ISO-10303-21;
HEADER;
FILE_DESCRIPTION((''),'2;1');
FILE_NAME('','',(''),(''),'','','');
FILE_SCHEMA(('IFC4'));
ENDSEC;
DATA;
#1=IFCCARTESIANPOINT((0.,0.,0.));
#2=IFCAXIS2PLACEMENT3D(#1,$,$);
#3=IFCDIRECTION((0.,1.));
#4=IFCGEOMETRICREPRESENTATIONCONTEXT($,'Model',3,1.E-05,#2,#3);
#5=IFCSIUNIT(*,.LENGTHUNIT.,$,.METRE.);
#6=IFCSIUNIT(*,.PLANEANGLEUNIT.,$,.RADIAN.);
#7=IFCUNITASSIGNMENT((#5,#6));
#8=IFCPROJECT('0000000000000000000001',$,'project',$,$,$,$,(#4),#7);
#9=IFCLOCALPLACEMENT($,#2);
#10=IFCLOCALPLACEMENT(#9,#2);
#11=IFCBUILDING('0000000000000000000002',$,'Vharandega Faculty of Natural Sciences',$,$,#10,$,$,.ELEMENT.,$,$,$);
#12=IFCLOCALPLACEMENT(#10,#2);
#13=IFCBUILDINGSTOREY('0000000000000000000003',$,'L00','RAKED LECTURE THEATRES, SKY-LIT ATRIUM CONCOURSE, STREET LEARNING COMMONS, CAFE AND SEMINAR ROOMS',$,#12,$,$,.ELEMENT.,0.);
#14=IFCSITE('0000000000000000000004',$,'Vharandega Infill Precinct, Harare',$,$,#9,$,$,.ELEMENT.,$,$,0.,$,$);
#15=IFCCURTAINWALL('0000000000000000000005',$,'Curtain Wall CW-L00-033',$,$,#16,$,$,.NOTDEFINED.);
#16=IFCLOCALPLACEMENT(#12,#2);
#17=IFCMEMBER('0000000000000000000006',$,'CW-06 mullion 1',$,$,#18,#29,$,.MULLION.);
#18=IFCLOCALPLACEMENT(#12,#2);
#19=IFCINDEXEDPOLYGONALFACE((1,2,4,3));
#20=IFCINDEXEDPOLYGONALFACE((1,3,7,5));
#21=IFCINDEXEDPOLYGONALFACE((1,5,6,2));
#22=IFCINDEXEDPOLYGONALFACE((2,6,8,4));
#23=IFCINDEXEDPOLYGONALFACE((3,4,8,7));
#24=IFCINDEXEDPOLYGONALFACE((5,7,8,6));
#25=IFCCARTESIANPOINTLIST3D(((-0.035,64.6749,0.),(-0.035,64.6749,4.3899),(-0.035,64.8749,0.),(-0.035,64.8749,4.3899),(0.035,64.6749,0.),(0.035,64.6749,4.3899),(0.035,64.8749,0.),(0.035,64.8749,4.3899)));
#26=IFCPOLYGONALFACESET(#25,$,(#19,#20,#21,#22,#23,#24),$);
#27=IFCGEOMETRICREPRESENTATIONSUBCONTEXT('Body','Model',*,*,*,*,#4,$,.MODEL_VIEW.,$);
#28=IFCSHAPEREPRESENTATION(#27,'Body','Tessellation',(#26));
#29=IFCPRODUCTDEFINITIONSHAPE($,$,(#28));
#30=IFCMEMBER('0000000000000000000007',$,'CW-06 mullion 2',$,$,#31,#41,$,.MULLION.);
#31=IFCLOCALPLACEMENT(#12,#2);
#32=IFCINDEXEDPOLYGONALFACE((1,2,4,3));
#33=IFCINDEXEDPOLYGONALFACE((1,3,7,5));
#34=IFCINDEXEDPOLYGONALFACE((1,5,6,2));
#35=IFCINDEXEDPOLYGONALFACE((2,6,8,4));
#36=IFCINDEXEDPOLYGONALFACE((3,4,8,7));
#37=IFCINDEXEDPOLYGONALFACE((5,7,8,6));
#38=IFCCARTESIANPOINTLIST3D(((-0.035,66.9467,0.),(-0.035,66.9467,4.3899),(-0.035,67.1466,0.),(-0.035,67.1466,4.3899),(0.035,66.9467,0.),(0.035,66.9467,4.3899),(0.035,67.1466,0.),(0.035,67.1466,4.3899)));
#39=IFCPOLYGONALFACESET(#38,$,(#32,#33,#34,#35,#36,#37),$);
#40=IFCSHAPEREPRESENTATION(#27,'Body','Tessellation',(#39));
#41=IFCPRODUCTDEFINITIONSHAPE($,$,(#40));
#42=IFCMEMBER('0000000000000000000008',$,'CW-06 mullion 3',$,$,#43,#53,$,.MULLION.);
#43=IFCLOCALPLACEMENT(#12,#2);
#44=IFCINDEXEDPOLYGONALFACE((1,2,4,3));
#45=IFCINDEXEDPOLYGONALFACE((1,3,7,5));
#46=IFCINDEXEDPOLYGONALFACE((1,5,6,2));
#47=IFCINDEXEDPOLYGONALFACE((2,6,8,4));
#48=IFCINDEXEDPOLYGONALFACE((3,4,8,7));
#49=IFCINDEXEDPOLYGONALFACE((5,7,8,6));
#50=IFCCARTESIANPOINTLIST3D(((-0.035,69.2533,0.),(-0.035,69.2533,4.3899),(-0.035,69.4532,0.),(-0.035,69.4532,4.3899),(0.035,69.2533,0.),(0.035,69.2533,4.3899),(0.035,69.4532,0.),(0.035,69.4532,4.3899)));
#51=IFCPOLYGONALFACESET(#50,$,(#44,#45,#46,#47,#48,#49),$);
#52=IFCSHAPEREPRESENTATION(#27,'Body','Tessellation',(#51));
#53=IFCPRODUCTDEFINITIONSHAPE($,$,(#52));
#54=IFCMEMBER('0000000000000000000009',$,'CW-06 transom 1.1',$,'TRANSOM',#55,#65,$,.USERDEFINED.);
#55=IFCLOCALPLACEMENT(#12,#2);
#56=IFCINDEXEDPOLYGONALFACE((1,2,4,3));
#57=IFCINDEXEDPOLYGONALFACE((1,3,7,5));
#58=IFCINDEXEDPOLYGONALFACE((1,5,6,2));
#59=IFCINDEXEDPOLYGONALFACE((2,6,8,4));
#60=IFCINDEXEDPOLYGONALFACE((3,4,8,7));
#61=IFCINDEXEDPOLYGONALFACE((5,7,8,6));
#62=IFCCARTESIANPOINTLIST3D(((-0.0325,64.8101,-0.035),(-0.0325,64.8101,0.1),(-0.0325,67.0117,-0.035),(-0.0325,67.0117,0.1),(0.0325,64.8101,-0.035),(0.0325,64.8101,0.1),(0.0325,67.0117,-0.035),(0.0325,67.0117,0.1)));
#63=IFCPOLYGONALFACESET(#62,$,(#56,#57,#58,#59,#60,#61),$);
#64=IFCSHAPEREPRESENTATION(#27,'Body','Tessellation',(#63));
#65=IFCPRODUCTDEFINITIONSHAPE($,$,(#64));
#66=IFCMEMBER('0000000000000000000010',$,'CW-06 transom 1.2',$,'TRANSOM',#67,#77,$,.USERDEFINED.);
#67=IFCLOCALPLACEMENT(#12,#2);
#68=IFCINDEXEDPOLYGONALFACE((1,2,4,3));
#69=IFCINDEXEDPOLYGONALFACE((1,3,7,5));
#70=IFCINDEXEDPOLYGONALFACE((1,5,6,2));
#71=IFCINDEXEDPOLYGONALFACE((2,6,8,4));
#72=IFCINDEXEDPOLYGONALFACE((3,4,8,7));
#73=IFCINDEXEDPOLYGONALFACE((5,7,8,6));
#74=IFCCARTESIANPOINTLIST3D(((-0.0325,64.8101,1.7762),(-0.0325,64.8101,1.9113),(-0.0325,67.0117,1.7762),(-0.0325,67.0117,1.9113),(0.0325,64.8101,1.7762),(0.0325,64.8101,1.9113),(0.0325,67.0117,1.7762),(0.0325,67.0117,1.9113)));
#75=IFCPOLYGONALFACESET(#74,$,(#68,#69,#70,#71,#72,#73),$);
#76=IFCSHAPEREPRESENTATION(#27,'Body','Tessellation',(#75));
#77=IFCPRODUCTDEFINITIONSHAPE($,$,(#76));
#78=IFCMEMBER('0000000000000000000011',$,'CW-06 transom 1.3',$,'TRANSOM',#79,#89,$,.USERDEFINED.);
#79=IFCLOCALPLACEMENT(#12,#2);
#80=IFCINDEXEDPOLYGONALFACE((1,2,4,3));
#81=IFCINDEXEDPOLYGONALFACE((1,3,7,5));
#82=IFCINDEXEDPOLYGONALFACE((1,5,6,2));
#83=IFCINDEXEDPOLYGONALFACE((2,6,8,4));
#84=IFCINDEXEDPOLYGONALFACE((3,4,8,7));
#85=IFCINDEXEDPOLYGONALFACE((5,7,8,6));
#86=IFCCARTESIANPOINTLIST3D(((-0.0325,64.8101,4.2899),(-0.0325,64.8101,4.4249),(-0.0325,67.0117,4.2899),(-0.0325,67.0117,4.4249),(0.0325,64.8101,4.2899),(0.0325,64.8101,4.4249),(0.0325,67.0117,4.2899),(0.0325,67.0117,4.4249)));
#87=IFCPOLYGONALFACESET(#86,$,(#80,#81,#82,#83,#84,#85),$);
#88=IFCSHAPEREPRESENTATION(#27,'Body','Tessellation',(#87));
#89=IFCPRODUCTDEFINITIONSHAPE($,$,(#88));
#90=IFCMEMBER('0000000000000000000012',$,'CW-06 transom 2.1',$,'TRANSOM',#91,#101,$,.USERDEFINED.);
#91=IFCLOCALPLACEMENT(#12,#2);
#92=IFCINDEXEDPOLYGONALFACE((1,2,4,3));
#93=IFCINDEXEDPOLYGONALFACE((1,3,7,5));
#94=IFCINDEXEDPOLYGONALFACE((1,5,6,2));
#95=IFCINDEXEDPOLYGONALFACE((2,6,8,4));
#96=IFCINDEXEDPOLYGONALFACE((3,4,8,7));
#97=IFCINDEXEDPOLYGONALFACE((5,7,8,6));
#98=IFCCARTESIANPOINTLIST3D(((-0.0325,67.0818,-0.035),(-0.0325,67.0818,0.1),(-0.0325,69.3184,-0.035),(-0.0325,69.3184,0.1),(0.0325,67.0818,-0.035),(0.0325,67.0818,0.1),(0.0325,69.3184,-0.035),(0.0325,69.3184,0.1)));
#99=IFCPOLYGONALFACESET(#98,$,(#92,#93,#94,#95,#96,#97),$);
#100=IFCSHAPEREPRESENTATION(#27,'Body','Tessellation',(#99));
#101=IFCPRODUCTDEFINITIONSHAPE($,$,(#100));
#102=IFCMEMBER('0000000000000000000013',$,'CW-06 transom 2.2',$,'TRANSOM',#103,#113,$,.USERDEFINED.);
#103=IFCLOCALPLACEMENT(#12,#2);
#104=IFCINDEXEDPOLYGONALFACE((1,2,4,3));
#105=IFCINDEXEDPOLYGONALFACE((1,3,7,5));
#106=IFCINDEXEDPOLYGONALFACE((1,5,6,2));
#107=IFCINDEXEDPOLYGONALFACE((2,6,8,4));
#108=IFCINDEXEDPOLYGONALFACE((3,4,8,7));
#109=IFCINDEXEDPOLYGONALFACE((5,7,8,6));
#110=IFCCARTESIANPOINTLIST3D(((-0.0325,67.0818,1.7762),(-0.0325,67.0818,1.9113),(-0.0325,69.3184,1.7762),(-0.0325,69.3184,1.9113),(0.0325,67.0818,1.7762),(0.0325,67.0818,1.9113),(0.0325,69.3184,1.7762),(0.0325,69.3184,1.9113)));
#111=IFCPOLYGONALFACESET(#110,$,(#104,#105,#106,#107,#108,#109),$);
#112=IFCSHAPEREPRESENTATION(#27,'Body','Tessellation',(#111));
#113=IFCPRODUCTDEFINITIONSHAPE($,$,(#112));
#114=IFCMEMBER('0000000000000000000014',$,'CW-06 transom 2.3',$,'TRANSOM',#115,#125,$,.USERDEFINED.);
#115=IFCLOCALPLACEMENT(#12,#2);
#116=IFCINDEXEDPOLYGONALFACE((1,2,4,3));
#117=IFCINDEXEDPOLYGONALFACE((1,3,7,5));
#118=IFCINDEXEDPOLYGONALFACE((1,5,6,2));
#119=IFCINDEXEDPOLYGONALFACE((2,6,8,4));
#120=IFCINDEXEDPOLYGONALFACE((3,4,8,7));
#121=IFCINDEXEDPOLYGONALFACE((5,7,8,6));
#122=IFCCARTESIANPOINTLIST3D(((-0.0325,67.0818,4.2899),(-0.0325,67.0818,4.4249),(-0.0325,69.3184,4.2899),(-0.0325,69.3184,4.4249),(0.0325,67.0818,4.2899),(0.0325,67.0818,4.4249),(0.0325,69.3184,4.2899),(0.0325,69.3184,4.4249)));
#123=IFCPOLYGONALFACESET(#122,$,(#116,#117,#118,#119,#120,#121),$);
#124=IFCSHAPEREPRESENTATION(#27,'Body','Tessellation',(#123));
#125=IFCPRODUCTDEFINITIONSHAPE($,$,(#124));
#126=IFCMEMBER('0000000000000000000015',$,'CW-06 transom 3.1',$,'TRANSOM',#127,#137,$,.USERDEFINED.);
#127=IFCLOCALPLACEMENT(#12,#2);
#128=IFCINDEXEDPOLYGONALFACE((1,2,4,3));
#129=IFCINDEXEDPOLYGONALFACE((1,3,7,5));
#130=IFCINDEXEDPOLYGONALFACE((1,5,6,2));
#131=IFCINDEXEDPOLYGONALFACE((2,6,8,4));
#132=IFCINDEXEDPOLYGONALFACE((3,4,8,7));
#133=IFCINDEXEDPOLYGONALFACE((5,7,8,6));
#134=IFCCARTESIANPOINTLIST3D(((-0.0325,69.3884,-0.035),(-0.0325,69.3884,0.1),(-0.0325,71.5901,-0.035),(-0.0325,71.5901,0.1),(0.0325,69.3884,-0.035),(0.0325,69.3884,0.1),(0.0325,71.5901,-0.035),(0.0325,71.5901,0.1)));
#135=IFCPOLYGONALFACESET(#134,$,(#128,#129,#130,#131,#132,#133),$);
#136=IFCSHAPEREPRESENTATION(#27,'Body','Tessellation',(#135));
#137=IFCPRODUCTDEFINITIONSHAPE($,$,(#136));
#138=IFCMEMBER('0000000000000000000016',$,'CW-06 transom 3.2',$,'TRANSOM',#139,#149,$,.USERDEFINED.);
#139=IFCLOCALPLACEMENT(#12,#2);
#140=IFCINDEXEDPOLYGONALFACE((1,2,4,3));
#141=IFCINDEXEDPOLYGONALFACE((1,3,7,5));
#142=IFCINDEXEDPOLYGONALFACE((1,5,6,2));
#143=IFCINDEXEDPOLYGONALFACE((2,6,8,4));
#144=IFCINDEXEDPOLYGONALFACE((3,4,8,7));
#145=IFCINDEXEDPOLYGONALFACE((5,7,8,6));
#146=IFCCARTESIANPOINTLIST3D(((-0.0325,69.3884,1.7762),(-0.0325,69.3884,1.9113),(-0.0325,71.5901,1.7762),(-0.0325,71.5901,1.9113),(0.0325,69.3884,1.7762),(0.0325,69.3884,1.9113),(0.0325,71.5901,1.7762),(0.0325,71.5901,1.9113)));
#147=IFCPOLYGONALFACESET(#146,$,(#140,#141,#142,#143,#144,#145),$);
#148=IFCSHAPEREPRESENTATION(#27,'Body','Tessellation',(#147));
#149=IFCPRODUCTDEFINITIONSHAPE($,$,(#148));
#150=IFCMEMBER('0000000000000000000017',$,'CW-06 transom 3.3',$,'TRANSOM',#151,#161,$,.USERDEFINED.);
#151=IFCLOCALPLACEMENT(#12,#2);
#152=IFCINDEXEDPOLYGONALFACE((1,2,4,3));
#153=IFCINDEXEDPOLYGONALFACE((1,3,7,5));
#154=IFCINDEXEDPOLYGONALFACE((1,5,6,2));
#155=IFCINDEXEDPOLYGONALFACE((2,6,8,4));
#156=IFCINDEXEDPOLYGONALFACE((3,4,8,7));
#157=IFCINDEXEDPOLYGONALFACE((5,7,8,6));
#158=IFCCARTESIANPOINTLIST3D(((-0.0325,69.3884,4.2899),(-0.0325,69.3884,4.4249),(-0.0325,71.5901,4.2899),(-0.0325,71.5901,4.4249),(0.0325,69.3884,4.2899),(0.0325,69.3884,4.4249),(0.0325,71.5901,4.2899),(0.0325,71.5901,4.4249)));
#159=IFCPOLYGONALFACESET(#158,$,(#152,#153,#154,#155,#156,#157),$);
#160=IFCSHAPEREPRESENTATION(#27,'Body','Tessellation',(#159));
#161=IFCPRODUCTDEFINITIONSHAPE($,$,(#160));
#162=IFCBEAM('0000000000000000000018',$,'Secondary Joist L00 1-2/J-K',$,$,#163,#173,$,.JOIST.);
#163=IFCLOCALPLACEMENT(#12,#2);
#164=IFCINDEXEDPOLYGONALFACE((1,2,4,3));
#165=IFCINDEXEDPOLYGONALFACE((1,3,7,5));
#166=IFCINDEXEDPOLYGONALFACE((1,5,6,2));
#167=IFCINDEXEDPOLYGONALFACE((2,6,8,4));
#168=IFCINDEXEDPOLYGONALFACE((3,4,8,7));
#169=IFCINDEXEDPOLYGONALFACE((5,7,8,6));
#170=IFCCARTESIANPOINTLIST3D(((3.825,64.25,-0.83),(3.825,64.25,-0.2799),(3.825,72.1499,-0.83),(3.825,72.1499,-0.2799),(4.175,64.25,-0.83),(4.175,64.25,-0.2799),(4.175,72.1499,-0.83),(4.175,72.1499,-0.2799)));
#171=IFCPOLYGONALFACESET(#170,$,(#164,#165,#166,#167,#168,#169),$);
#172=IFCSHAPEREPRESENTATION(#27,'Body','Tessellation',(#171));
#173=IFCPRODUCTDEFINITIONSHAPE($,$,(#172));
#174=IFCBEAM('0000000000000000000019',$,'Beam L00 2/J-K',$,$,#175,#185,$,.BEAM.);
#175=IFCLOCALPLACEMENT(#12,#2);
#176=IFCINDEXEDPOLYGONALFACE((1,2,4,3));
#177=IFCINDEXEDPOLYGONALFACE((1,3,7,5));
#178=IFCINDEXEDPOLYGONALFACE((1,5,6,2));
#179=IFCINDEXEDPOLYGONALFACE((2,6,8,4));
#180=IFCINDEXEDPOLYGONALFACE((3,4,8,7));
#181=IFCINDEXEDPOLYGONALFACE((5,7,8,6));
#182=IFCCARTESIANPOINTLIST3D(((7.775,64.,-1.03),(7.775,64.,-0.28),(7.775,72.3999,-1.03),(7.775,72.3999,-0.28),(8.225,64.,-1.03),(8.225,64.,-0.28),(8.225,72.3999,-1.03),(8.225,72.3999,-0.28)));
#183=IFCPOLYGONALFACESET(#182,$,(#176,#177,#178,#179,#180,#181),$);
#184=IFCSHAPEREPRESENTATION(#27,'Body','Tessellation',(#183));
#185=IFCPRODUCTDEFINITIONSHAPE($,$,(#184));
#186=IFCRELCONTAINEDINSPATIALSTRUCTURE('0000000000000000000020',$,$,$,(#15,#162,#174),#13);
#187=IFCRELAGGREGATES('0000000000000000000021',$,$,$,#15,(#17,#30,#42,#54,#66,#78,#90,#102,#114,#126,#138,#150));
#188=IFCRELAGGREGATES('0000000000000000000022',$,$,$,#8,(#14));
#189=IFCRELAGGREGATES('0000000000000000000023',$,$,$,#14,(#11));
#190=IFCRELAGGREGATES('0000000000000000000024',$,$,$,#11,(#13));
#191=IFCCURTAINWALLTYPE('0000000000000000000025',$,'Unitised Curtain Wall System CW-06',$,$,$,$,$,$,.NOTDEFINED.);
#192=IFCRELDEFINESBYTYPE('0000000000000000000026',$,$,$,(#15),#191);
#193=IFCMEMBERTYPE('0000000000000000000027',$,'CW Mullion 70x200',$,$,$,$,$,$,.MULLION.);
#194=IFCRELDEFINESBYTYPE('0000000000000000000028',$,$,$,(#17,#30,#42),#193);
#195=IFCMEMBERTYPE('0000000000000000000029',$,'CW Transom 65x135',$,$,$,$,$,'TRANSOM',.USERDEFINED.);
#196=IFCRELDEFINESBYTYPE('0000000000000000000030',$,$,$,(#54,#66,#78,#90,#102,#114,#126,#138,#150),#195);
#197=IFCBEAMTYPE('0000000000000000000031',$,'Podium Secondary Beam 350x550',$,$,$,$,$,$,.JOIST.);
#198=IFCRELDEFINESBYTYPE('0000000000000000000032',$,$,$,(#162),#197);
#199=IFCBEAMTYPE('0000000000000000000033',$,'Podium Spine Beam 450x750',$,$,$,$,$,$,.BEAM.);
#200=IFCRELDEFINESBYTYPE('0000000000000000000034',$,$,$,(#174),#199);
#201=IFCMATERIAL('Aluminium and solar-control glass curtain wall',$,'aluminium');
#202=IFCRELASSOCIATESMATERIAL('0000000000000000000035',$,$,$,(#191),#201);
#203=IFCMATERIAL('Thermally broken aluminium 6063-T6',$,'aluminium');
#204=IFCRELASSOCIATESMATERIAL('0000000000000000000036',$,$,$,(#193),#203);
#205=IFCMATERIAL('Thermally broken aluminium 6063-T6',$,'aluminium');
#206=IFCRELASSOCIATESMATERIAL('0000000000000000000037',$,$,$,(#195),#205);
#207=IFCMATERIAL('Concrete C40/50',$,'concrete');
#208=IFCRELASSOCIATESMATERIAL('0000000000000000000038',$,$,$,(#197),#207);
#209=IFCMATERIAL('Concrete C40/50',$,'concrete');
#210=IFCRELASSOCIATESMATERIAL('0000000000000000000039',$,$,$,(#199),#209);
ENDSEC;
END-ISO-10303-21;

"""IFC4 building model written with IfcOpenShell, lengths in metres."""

from ifc_helpers import new_model, si_unit, direction, frame, origin, origin_2d, place, context, subcontext, project, spatial, rectangle, extrude, material, material_profile, profile_set, type_object, element, aggregate, save


model = new_model("IFC4")

# Units and contexts
model_context = context("Model", 3, precision=1e-05, world=origin(), true_north=direction((0.0, 1.0)))
body_context = subcontext(model_context, "Body", "Model", "MODEL_VIEW")
ifc_project = project(units=[si_unit("LENGTHUNIT", "METRE"), si_unit("PLANEANGLEUNIT", "RADIAN")], contexts=[model_context])

# Site, building, storey
site_placement = place(None, origin())
site = spatial("IfcSite", under=ifc_project, at=site_placement, Name="Vharandega Infill Precinct, Harare", CompositionType="ELEMENT", RefElevation=0.0)
building_placement = place(site_placement, origin())
building = spatial("IfcBuilding", under=site, at=building_placement, Name="Vharandega Faculty of Natural Sciences", CompositionType="ELEMENT")
storey_placement = place(building_placement, origin())
storey = spatial("IfcBuildingStorey", under=building, at=storey_placement, Name="L00", Description="RAKED LECTURE THEATRES, SKY-LIT ATRIUM CONCOURSE, STREET LEARNING COMMONS, CAFE AND SEMINAR ROOMS", CompositionType="ELEMENT", Elevation=0.0)

# Curtain wall, members
ifc_material_1 = material(Name="Aluminium and solar-control glass curtain wall", Category="aluminium")
curtain_wall_type = type_object("IfcCurtainWallType", Name="Unitised Curtain Wall System CW-06", PredefinedType="NOTDEFINED", material=ifc_material_1)
curtain_wall_placement = place(storey_placement, origin())
curtain_wall = element("IfcCurtainWall", 1, at=curtain_wall_placement, inside=storey, type_object=curtain_wall_type, Name="Curtain Wall CW-L00-033", PredefinedType="NOTDEFINED")
ifc_material_2 = material(Name="Thermally broken aluminium 6063-T6", Category="aluminium")
ifc_material_profile_1 = material_profile(ifc_material_2, rectangle(XDim=0.0701, YDim=0.2, at=origin_2d()), Name="ALU 70x200")
ifc_profile_set_1 = profile_set([ifc_material_profile_1], Name="Thermally broken aluminium 6063-T6")
member_type_1 = type_object("IfcMemberType", Name="CW Mullion 70x200", PredefinedType="MULLION", material=ifc_profile_set_1)
member_1_placement = place(storey_placement, frame((0.0, 64.7749, 0.0), z_axis=(0.0, 0.0, 1.0), x_axis=(-1.0, 0.0, 0.0)))
member_1 = element("IfcMember", 2, at=member_1_placement, type_object=member_type_1, Name="CW-06 mullion 1", PredefinedType="MULLION", context=body_context, shape_type="SweptSolid", body=[
    extrude(rectangle(XDim=0.0701, YDim=0.2, at=origin_2d()), origin(), (0.0, 0.0, 1.0), 4.3899),
])
member_2_placement = place(storey_placement, frame((0.0, 67.0466, 0.0), z_axis=(0.0, 0.0, 1.0), x_axis=(-1.0, 0.0, 0.0)))
member_2 = element("IfcMember", 3, at=member_2_placement, type_object=member_type_1, Name="CW-06 mullion 2", PredefinedType="MULLION", context=body_context, shape_type="SweptSolid", body=[
    extrude(rectangle(XDim=0.0701, YDim=0.2, at=origin_2d()), origin(), (0.0, 0.0, 1.0), 4.3899),
])
member_3_placement = place(storey_placement, frame((0.0, 69.3533, 0.0), z_axis=(0.0, 0.0, 1.0), x_axis=(-1.0, 0.0, 0.0)))
member_3 = element("IfcMember", 4, at=member_3_placement, type_object=member_type_1, Name="CW-06 mullion 3", PredefinedType="MULLION", context=body_context, shape_type="SweptSolid", body=[
    extrude(rectangle(XDim=0.0701, YDim=0.2, at=origin_2d()), origin(), (0.0, 0.0, 1.0), 4.3899),
])
ifc_material_3 = material(Name="Thermally broken aluminium 6063-T6", Category="aluminium")
ifc_material_profile_2 = material_profile(ifc_material_3, rectangle(XDim=0.0649, YDim=0.135, at=origin_2d()), Name="ALU 65x135")
ifc_profile_set_2 = profile_set([ifc_material_profile_2], Name="Thermally broken aluminium 6063-T6")
member_type_2 = type_object("IfcMemberType", Name="CW Transom 65x135", ElementType="TRANSOM", PredefinedType="USERDEFINED", material=ifc_profile_set_2)
member_4_placement = place(storey_placement, frame((0.0, 64.8101, 0.0325), z_axis=(0.0, 1.0, 0.0), x_axis=(-1.0, 0.0, 0.0)))
member_4 = element("IfcMember", 5, at=member_4_placement, type_object=member_type_2, Name="CW-06 transom 1.1", ObjectType="TRANSOM", PredefinedType="USERDEFINED", context=body_context, shape_type="SweptSolid", body=[
    extrude(rectangle(XDim=0.0649, YDim=0.135, at=origin_2d()), origin(), (0.0, 0.0, 1.0), 2.2017),
])
member_5_placement = place(storey_placement, frame((0.0, 64.8101, 1.8438), z_axis=(0.0, 1.0, 0.0), x_axis=(-1.0, 0.0, 0.0)))
member_5 = element("IfcMember", 6, at=member_5_placement, type_object=member_type_2, Name="CW-06 transom 1.2", ObjectType="TRANSOM", PredefinedType="USERDEFINED", context=body_context, shape_type="SweptSolid", body=[
    extrude(rectangle(XDim=0.0649, YDim=0.135, at=origin_2d()), origin(), (0.0, 0.0, 1.0), 2.2017),
])
member_6_placement = place(storey_placement, frame((0.0, 64.8101, 4.3574), z_axis=(0.0, 1.0, 0.0), x_axis=(-1.0, 0.0, 0.0)))
member_6 = element("IfcMember", 7, at=member_6_placement, type_object=member_type_2, Name="CW-06 transom 1.3", ObjectType="TRANSOM", PredefinedType="USERDEFINED", context=body_context, shape_type="SweptSolid", body=[
    extrude(rectangle(XDim=0.0649, YDim=0.135, at=origin_2d()), origin(), (0.0, 0.0, 1.0), 2.2017),
])
member_7_placement = place(storey_placement, frame((0.0, 67.0818, 0.0325), z_axis=(0.0, 1.0, 0.0), x_axis=(-1.0, 0.0, 0.0)))
member_7 = element("IfcMember", 8, at=member_7_placement, type_object=member_type_2, Name="CW-06 transom 2.1", ObjectType="TRANSOM", PredefinedType="USERDEFINED", context=body_context, shape_type="SweptSolid", body=[
    extrude(rectangle(XDim=0.0649, YDim=0.135, at=origin_2d()), origin(), (0.0, 0.0, 1.0), 2.2366),
])
member_8_placement = place(storey_placement, frame((0.0, 67.0818, 1.8438), z_axis=(0.0, 1.0, 0.0), x_axis=(-1.0, 0.0, 0.0)))
member_8 = element("IfcMember", 9, at=member_8_placement, type_object=member_type_2, Name="CW-06 transom 2.2", ObjectType="TRANSOM", PredefinedType="USERDEFINED", context=body_context, shape_type="SweptSolid", body=[
    extrude(rectangle(XDim=0.0649, YDim=0.135, at=origin_2d()), origin(), (0.0, 0.0, 1.0), 2.2366),
])
member_9_placement = place(storey_placement, frame((0.0, 67.0818, 4.3574), z_axis=(0.0, 1.0, 0.0), x_axis=(-1.0, 0.0, 0.0)))
member_9 = element("IfcMember", 10, at=member_9_placement, type_object=member_type_2, Name="CW-06 transom 2.3", ObjectType="TRANSOM", PredefinedType="USERDEFINED", context=body_context, shape_type="SweptSolid", body=[
    extrude(rectangle(XDim=0.0649, YDim=0.135, at=origin_2d()), origin(), (0.0, 0.0, 1.0), 2.2366),
])
member_10_placement = place(storey_placement, frame((0.0, 69.3884, 0.0325), z_axis=(0.0, 1.0, 0.0), x_axis=(-1.0, 0.0, 0.0)))
member_10 = element("IfcMember", 11, at=member_10_placement, type_object=member_type_2, Name="CW-06 transom 3.1", ObjectType="TRANSOM", PredefinedType="USERDEFINED", context=body_context, shape_type="SweptSolid", body=[
    extrude(rectangle(XDim=0.0649, YDim=0.135, at=origin_2d()), origin(), (0.0, 0.0, 1.0), 2.2017),
])
member_11_placement = place(storey_placement, frame((0.0, 69.3884, 1.8438), z_axis=(0.0, 1.0, 0.0), x_axis=(-1.0, 0.0, 0.0)))
member_11 = element("IfcMember", 12, at=member_11_placement, type_object=member_type_2, Name="CW-06 transom 3.2", ObjectType="TRANSOM", PredefinedType="USERDEFINED", context=body_context, shape_type="SweptSolid", body=[
    extrude(rectangle(XDim=0.0649, YDim=0.135, at=origin_2d()), origin(), (0.0, 0.0, 1.0), 2.2017),
])
member_12_placement = place(storey_placement, frame((0.0, 69.3884, 4.3574), z_axis=(0.0, 1.0, 0.0), x_axis=(-1.0, 0.0, 0.0)))
member_12 = element("IfcMember", 13, at=member_12_placement, type_object=member_type_2, Name="CW-06 transom 3.3", ObjectType="TRANSOM", PredefinedType="USERDEFINED", context=body_context, shape_type="SweptSolid", body=[
    extrude(rectangle(XDim=0.0649, YDim=0.135, at=origin_2d()), origin(), (0.0, 0.0, 1.0), 2.2017),
])

# Beams
ifc_material_4 = material(Name="Concrete C40/50", Category="concrete")
ifc_material_profile_3 = material_profile(ifc_material_4, rectangle(XDim=0.3501, YDim=0.55, at=origin_2d()), Name="RC 350x550")
ifc_profile_set_3 = profile_set([ifc_material_profile_3], Name="Concrete C40/50")
beam_type_1 = type_object("IfcBeamType", Name="Podium Secondary Beam 350x550", PredefinedType="JOIST", material=ifc_profile_set_3)
beam_1_placement = place(storey_placement, frame((4.0, 64.25, -0.5549), z_axis=(0.0, 1.0, 0.0), x_axis=(-1.0, 0.0, 0.0)))
element("IfcBeam", 14, at=beam_1_placement, inside=storey, type_object=beam_type_1, Name="Secondary Joist L00 1-2/J-K", PredefinedType="JOIST", context=body_context, shape_type="SweptSolid", body=[
    extrude(rectangle(XDim=0.3501, YDim=0.55, at=origin_2d()), origin(), (0.0, 0.0, 1.0), 7.8999),
])
ifc_material_5 = material(Name="Concrete C40/50", Category="concrete")
ifc_material_profile_4 = material_profile(ifc_material_5, rectangle(XDim=0.45, YDim=0.75, at=origin_2d()), Name="RC 450x750")
ifc_profile_set_4 = profile_set([ifc_material_profile_4], Name="Concrete C40/50")
beam_type_2 = type_object("IfcBeamType", Name="Podium Spine Beam 450x750", PredefinedType="BEAM", material=ifc_profile_set_4)
beam_2_placement = place(storey_placement, frame((8.0, 64.0, -0.655), z_axis=(0.0, 1.0, 0.0), x_axis=(-1.0, 0.0, 0.0)))
element("IfcBeam", 15, at=beam_2_placement, inside=storey, type_object=beam_type_2, Name="Beam L00 2/J-K", PredefinedType="BEAM", context=body_context, shape_type="SweptSolid", body=[
    extrude(rectangle(XDim=0.45, YDim=0.75, at=origin_2d()), origin(), (0.0, 0.0, 1.0), 8.3999),
])

aggregate(curtain_wall, [member_1, member_2, member_3, member_4, member_5, member_6, member_7, member_8, member_9, member_10, member_11, member_12])

save(model, "model.ifc")
